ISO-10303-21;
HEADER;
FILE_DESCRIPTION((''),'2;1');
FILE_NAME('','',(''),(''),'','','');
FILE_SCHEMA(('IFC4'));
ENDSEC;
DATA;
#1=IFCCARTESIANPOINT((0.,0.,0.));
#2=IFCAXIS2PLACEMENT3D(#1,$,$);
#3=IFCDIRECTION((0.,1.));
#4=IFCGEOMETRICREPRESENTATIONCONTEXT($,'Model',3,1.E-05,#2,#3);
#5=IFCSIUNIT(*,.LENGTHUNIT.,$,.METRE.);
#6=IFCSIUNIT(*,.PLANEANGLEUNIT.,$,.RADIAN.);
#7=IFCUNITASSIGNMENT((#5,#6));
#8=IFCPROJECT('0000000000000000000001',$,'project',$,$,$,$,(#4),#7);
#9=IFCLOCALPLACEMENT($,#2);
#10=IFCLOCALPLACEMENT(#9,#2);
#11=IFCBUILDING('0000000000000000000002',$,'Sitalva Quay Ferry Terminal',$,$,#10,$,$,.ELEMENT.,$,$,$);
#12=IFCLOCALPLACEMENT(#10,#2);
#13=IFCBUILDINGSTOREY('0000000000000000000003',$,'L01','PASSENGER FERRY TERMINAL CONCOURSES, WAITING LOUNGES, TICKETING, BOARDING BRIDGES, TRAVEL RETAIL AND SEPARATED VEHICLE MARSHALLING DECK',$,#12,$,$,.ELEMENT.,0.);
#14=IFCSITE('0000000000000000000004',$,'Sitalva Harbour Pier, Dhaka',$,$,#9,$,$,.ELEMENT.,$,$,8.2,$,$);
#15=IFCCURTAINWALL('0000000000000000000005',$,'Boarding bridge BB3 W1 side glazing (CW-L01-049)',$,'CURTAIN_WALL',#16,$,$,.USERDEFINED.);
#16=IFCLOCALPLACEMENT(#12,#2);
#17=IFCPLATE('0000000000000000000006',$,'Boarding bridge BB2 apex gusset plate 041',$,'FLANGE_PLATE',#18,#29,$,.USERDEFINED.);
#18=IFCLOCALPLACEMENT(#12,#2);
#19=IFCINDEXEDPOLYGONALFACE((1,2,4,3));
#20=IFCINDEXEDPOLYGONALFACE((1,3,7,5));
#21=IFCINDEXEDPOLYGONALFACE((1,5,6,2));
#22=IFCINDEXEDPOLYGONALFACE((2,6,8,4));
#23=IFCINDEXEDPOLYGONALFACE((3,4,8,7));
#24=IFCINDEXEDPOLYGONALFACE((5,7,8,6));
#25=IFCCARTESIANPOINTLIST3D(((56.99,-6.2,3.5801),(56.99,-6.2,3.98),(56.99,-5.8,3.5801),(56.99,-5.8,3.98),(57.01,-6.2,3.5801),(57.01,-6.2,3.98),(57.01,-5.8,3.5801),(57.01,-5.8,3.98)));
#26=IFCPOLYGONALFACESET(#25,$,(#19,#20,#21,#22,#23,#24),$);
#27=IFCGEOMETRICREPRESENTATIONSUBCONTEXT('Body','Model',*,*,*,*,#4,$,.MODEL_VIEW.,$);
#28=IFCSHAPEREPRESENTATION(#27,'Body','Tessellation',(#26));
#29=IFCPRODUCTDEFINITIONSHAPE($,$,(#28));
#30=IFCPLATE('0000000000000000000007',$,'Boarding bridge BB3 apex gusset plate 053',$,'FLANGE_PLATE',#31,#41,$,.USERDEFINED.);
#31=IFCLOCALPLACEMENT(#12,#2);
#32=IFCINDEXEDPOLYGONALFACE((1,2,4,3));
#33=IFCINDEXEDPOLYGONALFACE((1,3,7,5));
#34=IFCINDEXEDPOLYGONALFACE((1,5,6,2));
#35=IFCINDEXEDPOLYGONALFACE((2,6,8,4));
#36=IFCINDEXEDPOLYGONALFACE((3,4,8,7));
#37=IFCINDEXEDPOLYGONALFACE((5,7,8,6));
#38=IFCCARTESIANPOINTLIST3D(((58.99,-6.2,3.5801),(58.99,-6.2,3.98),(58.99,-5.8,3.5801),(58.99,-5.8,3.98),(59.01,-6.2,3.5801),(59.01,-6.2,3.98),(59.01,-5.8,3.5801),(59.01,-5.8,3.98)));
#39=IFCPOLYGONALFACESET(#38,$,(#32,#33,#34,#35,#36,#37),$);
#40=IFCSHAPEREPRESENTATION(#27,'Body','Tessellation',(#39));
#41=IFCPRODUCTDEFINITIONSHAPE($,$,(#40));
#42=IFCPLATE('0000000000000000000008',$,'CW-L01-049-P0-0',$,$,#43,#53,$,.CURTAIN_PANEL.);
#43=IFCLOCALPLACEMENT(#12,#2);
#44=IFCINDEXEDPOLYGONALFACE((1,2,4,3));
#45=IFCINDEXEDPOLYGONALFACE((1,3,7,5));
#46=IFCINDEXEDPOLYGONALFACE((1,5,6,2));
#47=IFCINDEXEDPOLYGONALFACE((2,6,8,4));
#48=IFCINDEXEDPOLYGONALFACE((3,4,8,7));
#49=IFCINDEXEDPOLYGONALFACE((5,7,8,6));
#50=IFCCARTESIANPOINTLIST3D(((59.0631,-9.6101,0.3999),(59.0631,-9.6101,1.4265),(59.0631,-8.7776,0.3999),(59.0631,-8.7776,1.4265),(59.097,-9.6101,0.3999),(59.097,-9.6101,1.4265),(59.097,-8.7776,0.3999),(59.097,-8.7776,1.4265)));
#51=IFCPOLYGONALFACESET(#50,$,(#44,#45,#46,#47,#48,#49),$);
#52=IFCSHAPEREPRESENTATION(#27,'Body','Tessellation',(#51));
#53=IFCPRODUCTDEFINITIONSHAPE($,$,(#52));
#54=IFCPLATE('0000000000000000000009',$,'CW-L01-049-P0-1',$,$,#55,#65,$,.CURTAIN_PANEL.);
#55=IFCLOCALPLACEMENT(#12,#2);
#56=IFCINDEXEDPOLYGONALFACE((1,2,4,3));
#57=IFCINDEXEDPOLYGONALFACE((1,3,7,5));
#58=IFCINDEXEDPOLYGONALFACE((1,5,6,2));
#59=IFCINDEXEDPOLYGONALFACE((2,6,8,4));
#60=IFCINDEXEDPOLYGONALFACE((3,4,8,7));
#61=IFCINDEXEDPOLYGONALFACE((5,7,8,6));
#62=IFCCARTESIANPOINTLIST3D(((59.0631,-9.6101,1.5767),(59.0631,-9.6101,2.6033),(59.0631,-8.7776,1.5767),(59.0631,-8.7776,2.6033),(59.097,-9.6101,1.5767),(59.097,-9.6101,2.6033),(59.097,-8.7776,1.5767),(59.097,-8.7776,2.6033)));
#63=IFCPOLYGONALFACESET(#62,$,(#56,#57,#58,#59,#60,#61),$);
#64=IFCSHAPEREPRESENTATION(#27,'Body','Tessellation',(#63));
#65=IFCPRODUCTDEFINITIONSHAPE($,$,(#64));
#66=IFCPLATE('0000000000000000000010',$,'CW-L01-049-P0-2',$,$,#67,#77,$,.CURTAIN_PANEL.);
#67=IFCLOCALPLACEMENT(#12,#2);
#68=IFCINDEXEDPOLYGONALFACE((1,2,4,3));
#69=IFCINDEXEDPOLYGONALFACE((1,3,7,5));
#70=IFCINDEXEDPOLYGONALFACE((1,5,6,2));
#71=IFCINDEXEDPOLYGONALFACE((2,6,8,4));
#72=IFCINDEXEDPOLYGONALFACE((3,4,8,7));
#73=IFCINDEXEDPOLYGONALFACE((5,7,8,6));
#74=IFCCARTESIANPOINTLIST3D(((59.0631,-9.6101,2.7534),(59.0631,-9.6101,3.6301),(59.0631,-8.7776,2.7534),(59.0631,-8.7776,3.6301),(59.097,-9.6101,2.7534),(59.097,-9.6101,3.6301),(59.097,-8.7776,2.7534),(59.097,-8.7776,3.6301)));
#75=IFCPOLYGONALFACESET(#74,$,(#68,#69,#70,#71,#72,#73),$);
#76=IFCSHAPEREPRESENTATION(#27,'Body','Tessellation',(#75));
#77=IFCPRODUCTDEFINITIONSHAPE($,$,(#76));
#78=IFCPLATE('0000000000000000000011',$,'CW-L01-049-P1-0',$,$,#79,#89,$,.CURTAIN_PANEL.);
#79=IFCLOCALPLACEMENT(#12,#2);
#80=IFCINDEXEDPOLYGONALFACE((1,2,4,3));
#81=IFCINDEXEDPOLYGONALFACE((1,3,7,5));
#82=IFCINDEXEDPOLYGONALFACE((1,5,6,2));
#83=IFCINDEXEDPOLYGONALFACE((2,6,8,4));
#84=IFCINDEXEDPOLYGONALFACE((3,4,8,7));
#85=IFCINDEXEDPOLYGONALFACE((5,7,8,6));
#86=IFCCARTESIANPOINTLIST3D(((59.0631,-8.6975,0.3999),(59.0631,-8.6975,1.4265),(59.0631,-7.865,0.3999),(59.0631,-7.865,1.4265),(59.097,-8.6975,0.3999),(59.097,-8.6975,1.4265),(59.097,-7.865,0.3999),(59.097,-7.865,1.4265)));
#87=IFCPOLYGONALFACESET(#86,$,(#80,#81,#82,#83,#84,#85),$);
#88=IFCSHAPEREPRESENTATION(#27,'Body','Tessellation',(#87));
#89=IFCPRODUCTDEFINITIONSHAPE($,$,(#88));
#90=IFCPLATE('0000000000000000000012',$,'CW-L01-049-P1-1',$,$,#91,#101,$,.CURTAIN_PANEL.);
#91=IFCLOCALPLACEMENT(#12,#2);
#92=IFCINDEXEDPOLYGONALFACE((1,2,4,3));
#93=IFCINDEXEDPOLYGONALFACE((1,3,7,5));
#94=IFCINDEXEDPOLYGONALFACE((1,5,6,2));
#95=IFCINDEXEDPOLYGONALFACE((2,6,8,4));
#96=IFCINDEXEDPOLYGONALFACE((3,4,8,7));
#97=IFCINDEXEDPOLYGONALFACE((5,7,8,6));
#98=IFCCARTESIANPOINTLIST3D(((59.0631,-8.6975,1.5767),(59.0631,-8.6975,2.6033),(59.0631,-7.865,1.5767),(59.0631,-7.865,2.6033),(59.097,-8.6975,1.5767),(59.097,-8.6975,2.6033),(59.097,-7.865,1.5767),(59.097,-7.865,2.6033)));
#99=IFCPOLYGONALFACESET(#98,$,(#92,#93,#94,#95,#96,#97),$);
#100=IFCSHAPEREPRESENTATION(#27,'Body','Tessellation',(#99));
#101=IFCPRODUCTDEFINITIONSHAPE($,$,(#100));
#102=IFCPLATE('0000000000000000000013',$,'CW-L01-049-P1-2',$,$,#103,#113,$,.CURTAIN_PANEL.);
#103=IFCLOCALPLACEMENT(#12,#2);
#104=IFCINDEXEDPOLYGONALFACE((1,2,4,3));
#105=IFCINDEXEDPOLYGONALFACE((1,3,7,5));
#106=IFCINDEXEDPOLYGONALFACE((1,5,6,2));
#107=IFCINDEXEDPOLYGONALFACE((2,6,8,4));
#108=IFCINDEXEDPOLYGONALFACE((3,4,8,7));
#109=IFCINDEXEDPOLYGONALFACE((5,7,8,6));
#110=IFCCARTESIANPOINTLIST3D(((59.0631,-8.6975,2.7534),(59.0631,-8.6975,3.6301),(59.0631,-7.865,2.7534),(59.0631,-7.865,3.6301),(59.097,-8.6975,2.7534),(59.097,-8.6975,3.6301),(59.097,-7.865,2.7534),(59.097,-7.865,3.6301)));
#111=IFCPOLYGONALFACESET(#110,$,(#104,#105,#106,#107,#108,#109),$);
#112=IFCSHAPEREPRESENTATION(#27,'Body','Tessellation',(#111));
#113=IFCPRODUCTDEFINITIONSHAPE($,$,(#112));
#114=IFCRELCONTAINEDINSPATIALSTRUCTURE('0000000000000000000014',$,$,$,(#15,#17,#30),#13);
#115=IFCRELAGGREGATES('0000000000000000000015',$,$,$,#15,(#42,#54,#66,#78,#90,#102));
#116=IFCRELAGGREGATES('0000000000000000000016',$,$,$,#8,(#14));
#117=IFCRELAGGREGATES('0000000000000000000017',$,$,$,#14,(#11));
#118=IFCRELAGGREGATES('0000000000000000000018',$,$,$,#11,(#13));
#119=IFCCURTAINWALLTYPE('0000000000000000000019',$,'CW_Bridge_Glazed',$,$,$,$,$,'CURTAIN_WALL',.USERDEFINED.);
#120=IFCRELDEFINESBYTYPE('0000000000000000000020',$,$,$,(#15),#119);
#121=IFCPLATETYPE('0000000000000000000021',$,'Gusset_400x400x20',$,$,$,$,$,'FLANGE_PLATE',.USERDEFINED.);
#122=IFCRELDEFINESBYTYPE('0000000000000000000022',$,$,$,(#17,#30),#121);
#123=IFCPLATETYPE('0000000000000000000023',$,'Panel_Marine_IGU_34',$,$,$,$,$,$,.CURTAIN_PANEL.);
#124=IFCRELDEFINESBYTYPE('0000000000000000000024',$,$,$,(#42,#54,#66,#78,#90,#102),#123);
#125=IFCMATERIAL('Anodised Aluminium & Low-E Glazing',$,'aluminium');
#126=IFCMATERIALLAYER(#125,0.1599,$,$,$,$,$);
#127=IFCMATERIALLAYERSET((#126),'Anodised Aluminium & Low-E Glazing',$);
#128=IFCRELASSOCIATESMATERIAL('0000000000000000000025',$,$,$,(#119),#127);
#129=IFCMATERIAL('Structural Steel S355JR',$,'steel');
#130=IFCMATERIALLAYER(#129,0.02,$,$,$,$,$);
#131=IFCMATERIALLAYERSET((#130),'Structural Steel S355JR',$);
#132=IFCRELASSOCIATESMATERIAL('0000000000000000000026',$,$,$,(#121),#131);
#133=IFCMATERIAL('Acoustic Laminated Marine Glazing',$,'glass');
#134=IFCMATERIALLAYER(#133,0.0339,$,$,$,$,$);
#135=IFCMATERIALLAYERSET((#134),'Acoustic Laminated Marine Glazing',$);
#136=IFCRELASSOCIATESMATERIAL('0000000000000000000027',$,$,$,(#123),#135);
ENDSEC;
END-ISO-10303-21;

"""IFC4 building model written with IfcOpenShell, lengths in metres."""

from ifc_helpers import new_model, si_unit, direction, frame, origin, origin_2d, place, context, subcontext, project, spatial, rectangle, extrude, material, layer, layer_set, type_object, element, aggregate, save


model = new_model("IFC4")

# Units and contexts
model_context = context("Model", 3, precision=1e-05, world=origin(), true_north=direction((0.0, 1.0)))
body_context = subcontext(model_context, "Body", "Model", "MODEL_VIEW")
ifc_project = project(units=[si_unit("LENGTHUNIT", "METRE"), si_unit("PLANEANGLEUNIT", "RADIAN")], contexts=[model_context])

# Site, building, storey
site_placement = place(None, origin())
site = spatial("IfcSite", under=ifc_project, at=site_placement, Name="Sitalva Harbour Pier, Dhaka", CompositionType="ELEMENT", RefElevation=8.2)
building_placement = place(site_placement, origin())
building = spatial("IfcBuilding", under=site, at=building_placement, Name="Sitalva Quay Ferry Terminal", CompositionType="ELEMENT")
storey_placement = place(building_placement, origin())
storey = spatial("IfcBuildingStorey", under=building, at=storey_placement, Name="L01", Description="PASSENGER FERRY TERMINAL CONCOURSES, WAITING LOUNGES, TICKETING, BOARDING BRIDGES, TRAVEL RETAIL AND SEPARATED VEHICLE MARSHALLING DECK", CompositionType="ELEMENT", Elevation=0.0)

# Curtain wall
ifc_material_1 = material(Name="Anodised Aluminium & Low-E Glazing", Category="aluminium")
ifc_layer_1 = layer(ifc_material_1, 0.1599)
ifc_layer_set_1 = layer_set([ifc_layer_1], Name="Anodised Aluminium & Low-E Glazing")
curtain_wall_type = type_object("IfcCurtainWallType", Name="CW_Bridge_Glazed", ElementType="CURTAIN_WALL", PredefinedType="USERDEFINED", material=ifc_layer_set_1)
curtain_wall_placement = place(storey_placement, origin())
curtain_wall = element("IfcCurtainWall", 1, at=curtain_wall_placement, inside=storey, type_object=curtain_wall_type, Name="Boarding bridge BB3 W1 side glazing (CW-L01-049)", ObjectType="CURTAIN_WALL", PredefinedType="USERDEFINED")

# Plates
ifc_material_2 = material(Name="Structural Steel S355JR", Category="steel")
ifc_layer_2 = layer(ifc_material_2, 0.02)
ifc_layer_set_2 = layer_set([ifc_layer_2], Name="Structural Steel S355JR")
plate_type_1 = type_object("IfcPlateType", Name="Gusset_400x400x20", ElementType="FLANGE_PLATE", PredefinedType="USERDEFINED", material=ifc_layer_set_2)
for number, where, z_axis, x_axis, name in (
    (2, (57.0, -6.0, 3.5801), (0.0, 0.0, 1.0), (1.0, 0.0, 0.0), "Boarding bridge BB2 apex gusset plate 041"),
    (3, (59.0, -6.0, 3.5801), (0.0, 0.0, 1.0), (1.0, 0.0, 0.0), "Boarding bridge BB3 apex gusset plate 053"),
):
    element("IfcPlate", number, at=place(storey_placement, frame(where, z_axis=z_axis, x_axis=x_axis)), inside=storey, type_object=plate_type_1, Name=name, ObjectType="FLANGE_PLATE", PredefinedType="USERDEFINED", context=body_context, shape_type="SweptSolid", body=[
        extrude(rectangle(XDim=0.02, YDim=0.3999, at=origin_2d()), origin(), (0.0, 0.0, 1.0), 0.3999),
    ])

# Plates
ifc_material_3 = material(Name="Acoustic Laminated Marine Glazing", Category="glass")
ifc_layer_3 = layer(ifc_material_3, 0.0339)
ifc_layer_set_3 = layer_set([ifc_layer_3], Name="Acoustic Laminated Marine Glazing")
plate_type_2 = type_object("IfcPlateType", Name="Panel_Marine_IGU_34", PredefinedType="CURTAIN_PANEL", material=ifc_layer_set_3)
plate_1_placement = place(storey_placement, frame((59.0801, -9.1938, 0.3999), z_axis=(0.0, 0.0, 1.0), x_axis=(0.0, 1.0, 0.0)))
plate_1 = element("IfcPlate", 4, at=plate_1_placement, type_object=plate_type_2, Name="CW-L01-049-P0-0", PredefinedType="CURTAIN_PANEL", context=body_context, shape_type="SweptSolid", body=[
    extrude(rectangle(XDim=0.8325, YDim=0.0339, at=origin_2d()), origin(), (0.0, 0.0, 1.0), 1.0266),
])
plate_2_placement = place(storey_placement, frame((59.0801, -9.1938, 1.5767), z_axis=(0.0, 0.0, 1.0), x_axis=(0.0, 1.0, 0.0)))
plate_2 = element("IfcPlate", 5, at=plate_2_placement, type_object=plate_type_2, Name="CW-L01-049-P0-1", PredefinedType="CURTAIN_PANEL", context=body_context, shape_type="SweptSolid", body=[
    extrude(rectangle(XDim=0.8325, YDim=0.0339, at=origin_2d()), origin(), (0.0, 0.0, 1.0), 1.0266),
])
plate_3_placement = place(storey_placement, frame((59.0801, -9.1938, 2.7534), z_axis=(0.0, 0.0, 1.0), x_axis=(0.0, 1.0, 0.0)))
plate_3 = element("IfcPlate", 6, at=plate_3_placement, type_object=plate_type_2, Name="CW-L01-049-P0-2", PredefinedType="CURTAIN_PANEL", context=body_context, shape_type="SweptSolid", body=[
    extrude(rectangle(XDim=0.8325, YDim=0.0339, at=origin_2d()), origin(), (0.0, 0.0, 1.0), 0.8767),
])
plate_4_placement = place(storey_placement, frame((59.0801, -8.2812, 0.3999), z_axis=(0.0, 0.0, 1.0), x_axis=(0.0, 1.0, 0.0)))
plate_4 = element("IfcPlate", 7, at=plate_4_placement, type_object=plate_type_2, Name="CW-L01-049-P1-0", PredefinedType="CURTAIN_PANEL", context=body_context, shape_type="SweptSolid", body=[
    extrude(rectangle(XDim=0.8325, YDim=0.0339, at=origin_2d()), origin(), (0.0, 0.0, 1.0), 1.0266),
])
plate_5_placement = place(storey_placement, frame((59.0801, -8.2812, 1.5767), z_axis=(0.0, 0.0, 1.0), x_axis=(0.0, 1.0, 0.0)))
plate_5 = element("IfcPlate", 8, at=plate_5_placement, type_object=plate_type_2, Name="CW-L01-049-P1-1", PredefinedType="CURTAIN_PANEL", context=body_context, shape_type="SweptSolid", body=[
    extrude(rectangle(XDim=0.8325, YDim=0.0339, at=origin_2d()), origin(), (0.0, 0.0, 1.0), 1.0266),
])
plate_6_placement = place(storey_placement, frame((59.0801, -8.2812, 2.7534), z_axis=(0.0, 0.0, 1.0), x_axis=(0.0, 1.0, 0.0)))
plate_6 = element("IfcPlate", 9, at=plate_6_placement, type_object=plate_type_2, Name="CW-L01-049-P1-2", PredefinedType="CURTAIN_PANEL", context=body_context, shape_type="SweptSolid", body=[
    extrude(rectangle(XDim=0.8325, YDim=0.0339, at=origin_2d()), origin(), (0.0, 0.0, 1.0), 0.8767),
])
aggregate(curtain_wall, [plate_1, plate_2, plate_3, plate_4, plate_5, plate_6])

save(model, "model.ifc")
